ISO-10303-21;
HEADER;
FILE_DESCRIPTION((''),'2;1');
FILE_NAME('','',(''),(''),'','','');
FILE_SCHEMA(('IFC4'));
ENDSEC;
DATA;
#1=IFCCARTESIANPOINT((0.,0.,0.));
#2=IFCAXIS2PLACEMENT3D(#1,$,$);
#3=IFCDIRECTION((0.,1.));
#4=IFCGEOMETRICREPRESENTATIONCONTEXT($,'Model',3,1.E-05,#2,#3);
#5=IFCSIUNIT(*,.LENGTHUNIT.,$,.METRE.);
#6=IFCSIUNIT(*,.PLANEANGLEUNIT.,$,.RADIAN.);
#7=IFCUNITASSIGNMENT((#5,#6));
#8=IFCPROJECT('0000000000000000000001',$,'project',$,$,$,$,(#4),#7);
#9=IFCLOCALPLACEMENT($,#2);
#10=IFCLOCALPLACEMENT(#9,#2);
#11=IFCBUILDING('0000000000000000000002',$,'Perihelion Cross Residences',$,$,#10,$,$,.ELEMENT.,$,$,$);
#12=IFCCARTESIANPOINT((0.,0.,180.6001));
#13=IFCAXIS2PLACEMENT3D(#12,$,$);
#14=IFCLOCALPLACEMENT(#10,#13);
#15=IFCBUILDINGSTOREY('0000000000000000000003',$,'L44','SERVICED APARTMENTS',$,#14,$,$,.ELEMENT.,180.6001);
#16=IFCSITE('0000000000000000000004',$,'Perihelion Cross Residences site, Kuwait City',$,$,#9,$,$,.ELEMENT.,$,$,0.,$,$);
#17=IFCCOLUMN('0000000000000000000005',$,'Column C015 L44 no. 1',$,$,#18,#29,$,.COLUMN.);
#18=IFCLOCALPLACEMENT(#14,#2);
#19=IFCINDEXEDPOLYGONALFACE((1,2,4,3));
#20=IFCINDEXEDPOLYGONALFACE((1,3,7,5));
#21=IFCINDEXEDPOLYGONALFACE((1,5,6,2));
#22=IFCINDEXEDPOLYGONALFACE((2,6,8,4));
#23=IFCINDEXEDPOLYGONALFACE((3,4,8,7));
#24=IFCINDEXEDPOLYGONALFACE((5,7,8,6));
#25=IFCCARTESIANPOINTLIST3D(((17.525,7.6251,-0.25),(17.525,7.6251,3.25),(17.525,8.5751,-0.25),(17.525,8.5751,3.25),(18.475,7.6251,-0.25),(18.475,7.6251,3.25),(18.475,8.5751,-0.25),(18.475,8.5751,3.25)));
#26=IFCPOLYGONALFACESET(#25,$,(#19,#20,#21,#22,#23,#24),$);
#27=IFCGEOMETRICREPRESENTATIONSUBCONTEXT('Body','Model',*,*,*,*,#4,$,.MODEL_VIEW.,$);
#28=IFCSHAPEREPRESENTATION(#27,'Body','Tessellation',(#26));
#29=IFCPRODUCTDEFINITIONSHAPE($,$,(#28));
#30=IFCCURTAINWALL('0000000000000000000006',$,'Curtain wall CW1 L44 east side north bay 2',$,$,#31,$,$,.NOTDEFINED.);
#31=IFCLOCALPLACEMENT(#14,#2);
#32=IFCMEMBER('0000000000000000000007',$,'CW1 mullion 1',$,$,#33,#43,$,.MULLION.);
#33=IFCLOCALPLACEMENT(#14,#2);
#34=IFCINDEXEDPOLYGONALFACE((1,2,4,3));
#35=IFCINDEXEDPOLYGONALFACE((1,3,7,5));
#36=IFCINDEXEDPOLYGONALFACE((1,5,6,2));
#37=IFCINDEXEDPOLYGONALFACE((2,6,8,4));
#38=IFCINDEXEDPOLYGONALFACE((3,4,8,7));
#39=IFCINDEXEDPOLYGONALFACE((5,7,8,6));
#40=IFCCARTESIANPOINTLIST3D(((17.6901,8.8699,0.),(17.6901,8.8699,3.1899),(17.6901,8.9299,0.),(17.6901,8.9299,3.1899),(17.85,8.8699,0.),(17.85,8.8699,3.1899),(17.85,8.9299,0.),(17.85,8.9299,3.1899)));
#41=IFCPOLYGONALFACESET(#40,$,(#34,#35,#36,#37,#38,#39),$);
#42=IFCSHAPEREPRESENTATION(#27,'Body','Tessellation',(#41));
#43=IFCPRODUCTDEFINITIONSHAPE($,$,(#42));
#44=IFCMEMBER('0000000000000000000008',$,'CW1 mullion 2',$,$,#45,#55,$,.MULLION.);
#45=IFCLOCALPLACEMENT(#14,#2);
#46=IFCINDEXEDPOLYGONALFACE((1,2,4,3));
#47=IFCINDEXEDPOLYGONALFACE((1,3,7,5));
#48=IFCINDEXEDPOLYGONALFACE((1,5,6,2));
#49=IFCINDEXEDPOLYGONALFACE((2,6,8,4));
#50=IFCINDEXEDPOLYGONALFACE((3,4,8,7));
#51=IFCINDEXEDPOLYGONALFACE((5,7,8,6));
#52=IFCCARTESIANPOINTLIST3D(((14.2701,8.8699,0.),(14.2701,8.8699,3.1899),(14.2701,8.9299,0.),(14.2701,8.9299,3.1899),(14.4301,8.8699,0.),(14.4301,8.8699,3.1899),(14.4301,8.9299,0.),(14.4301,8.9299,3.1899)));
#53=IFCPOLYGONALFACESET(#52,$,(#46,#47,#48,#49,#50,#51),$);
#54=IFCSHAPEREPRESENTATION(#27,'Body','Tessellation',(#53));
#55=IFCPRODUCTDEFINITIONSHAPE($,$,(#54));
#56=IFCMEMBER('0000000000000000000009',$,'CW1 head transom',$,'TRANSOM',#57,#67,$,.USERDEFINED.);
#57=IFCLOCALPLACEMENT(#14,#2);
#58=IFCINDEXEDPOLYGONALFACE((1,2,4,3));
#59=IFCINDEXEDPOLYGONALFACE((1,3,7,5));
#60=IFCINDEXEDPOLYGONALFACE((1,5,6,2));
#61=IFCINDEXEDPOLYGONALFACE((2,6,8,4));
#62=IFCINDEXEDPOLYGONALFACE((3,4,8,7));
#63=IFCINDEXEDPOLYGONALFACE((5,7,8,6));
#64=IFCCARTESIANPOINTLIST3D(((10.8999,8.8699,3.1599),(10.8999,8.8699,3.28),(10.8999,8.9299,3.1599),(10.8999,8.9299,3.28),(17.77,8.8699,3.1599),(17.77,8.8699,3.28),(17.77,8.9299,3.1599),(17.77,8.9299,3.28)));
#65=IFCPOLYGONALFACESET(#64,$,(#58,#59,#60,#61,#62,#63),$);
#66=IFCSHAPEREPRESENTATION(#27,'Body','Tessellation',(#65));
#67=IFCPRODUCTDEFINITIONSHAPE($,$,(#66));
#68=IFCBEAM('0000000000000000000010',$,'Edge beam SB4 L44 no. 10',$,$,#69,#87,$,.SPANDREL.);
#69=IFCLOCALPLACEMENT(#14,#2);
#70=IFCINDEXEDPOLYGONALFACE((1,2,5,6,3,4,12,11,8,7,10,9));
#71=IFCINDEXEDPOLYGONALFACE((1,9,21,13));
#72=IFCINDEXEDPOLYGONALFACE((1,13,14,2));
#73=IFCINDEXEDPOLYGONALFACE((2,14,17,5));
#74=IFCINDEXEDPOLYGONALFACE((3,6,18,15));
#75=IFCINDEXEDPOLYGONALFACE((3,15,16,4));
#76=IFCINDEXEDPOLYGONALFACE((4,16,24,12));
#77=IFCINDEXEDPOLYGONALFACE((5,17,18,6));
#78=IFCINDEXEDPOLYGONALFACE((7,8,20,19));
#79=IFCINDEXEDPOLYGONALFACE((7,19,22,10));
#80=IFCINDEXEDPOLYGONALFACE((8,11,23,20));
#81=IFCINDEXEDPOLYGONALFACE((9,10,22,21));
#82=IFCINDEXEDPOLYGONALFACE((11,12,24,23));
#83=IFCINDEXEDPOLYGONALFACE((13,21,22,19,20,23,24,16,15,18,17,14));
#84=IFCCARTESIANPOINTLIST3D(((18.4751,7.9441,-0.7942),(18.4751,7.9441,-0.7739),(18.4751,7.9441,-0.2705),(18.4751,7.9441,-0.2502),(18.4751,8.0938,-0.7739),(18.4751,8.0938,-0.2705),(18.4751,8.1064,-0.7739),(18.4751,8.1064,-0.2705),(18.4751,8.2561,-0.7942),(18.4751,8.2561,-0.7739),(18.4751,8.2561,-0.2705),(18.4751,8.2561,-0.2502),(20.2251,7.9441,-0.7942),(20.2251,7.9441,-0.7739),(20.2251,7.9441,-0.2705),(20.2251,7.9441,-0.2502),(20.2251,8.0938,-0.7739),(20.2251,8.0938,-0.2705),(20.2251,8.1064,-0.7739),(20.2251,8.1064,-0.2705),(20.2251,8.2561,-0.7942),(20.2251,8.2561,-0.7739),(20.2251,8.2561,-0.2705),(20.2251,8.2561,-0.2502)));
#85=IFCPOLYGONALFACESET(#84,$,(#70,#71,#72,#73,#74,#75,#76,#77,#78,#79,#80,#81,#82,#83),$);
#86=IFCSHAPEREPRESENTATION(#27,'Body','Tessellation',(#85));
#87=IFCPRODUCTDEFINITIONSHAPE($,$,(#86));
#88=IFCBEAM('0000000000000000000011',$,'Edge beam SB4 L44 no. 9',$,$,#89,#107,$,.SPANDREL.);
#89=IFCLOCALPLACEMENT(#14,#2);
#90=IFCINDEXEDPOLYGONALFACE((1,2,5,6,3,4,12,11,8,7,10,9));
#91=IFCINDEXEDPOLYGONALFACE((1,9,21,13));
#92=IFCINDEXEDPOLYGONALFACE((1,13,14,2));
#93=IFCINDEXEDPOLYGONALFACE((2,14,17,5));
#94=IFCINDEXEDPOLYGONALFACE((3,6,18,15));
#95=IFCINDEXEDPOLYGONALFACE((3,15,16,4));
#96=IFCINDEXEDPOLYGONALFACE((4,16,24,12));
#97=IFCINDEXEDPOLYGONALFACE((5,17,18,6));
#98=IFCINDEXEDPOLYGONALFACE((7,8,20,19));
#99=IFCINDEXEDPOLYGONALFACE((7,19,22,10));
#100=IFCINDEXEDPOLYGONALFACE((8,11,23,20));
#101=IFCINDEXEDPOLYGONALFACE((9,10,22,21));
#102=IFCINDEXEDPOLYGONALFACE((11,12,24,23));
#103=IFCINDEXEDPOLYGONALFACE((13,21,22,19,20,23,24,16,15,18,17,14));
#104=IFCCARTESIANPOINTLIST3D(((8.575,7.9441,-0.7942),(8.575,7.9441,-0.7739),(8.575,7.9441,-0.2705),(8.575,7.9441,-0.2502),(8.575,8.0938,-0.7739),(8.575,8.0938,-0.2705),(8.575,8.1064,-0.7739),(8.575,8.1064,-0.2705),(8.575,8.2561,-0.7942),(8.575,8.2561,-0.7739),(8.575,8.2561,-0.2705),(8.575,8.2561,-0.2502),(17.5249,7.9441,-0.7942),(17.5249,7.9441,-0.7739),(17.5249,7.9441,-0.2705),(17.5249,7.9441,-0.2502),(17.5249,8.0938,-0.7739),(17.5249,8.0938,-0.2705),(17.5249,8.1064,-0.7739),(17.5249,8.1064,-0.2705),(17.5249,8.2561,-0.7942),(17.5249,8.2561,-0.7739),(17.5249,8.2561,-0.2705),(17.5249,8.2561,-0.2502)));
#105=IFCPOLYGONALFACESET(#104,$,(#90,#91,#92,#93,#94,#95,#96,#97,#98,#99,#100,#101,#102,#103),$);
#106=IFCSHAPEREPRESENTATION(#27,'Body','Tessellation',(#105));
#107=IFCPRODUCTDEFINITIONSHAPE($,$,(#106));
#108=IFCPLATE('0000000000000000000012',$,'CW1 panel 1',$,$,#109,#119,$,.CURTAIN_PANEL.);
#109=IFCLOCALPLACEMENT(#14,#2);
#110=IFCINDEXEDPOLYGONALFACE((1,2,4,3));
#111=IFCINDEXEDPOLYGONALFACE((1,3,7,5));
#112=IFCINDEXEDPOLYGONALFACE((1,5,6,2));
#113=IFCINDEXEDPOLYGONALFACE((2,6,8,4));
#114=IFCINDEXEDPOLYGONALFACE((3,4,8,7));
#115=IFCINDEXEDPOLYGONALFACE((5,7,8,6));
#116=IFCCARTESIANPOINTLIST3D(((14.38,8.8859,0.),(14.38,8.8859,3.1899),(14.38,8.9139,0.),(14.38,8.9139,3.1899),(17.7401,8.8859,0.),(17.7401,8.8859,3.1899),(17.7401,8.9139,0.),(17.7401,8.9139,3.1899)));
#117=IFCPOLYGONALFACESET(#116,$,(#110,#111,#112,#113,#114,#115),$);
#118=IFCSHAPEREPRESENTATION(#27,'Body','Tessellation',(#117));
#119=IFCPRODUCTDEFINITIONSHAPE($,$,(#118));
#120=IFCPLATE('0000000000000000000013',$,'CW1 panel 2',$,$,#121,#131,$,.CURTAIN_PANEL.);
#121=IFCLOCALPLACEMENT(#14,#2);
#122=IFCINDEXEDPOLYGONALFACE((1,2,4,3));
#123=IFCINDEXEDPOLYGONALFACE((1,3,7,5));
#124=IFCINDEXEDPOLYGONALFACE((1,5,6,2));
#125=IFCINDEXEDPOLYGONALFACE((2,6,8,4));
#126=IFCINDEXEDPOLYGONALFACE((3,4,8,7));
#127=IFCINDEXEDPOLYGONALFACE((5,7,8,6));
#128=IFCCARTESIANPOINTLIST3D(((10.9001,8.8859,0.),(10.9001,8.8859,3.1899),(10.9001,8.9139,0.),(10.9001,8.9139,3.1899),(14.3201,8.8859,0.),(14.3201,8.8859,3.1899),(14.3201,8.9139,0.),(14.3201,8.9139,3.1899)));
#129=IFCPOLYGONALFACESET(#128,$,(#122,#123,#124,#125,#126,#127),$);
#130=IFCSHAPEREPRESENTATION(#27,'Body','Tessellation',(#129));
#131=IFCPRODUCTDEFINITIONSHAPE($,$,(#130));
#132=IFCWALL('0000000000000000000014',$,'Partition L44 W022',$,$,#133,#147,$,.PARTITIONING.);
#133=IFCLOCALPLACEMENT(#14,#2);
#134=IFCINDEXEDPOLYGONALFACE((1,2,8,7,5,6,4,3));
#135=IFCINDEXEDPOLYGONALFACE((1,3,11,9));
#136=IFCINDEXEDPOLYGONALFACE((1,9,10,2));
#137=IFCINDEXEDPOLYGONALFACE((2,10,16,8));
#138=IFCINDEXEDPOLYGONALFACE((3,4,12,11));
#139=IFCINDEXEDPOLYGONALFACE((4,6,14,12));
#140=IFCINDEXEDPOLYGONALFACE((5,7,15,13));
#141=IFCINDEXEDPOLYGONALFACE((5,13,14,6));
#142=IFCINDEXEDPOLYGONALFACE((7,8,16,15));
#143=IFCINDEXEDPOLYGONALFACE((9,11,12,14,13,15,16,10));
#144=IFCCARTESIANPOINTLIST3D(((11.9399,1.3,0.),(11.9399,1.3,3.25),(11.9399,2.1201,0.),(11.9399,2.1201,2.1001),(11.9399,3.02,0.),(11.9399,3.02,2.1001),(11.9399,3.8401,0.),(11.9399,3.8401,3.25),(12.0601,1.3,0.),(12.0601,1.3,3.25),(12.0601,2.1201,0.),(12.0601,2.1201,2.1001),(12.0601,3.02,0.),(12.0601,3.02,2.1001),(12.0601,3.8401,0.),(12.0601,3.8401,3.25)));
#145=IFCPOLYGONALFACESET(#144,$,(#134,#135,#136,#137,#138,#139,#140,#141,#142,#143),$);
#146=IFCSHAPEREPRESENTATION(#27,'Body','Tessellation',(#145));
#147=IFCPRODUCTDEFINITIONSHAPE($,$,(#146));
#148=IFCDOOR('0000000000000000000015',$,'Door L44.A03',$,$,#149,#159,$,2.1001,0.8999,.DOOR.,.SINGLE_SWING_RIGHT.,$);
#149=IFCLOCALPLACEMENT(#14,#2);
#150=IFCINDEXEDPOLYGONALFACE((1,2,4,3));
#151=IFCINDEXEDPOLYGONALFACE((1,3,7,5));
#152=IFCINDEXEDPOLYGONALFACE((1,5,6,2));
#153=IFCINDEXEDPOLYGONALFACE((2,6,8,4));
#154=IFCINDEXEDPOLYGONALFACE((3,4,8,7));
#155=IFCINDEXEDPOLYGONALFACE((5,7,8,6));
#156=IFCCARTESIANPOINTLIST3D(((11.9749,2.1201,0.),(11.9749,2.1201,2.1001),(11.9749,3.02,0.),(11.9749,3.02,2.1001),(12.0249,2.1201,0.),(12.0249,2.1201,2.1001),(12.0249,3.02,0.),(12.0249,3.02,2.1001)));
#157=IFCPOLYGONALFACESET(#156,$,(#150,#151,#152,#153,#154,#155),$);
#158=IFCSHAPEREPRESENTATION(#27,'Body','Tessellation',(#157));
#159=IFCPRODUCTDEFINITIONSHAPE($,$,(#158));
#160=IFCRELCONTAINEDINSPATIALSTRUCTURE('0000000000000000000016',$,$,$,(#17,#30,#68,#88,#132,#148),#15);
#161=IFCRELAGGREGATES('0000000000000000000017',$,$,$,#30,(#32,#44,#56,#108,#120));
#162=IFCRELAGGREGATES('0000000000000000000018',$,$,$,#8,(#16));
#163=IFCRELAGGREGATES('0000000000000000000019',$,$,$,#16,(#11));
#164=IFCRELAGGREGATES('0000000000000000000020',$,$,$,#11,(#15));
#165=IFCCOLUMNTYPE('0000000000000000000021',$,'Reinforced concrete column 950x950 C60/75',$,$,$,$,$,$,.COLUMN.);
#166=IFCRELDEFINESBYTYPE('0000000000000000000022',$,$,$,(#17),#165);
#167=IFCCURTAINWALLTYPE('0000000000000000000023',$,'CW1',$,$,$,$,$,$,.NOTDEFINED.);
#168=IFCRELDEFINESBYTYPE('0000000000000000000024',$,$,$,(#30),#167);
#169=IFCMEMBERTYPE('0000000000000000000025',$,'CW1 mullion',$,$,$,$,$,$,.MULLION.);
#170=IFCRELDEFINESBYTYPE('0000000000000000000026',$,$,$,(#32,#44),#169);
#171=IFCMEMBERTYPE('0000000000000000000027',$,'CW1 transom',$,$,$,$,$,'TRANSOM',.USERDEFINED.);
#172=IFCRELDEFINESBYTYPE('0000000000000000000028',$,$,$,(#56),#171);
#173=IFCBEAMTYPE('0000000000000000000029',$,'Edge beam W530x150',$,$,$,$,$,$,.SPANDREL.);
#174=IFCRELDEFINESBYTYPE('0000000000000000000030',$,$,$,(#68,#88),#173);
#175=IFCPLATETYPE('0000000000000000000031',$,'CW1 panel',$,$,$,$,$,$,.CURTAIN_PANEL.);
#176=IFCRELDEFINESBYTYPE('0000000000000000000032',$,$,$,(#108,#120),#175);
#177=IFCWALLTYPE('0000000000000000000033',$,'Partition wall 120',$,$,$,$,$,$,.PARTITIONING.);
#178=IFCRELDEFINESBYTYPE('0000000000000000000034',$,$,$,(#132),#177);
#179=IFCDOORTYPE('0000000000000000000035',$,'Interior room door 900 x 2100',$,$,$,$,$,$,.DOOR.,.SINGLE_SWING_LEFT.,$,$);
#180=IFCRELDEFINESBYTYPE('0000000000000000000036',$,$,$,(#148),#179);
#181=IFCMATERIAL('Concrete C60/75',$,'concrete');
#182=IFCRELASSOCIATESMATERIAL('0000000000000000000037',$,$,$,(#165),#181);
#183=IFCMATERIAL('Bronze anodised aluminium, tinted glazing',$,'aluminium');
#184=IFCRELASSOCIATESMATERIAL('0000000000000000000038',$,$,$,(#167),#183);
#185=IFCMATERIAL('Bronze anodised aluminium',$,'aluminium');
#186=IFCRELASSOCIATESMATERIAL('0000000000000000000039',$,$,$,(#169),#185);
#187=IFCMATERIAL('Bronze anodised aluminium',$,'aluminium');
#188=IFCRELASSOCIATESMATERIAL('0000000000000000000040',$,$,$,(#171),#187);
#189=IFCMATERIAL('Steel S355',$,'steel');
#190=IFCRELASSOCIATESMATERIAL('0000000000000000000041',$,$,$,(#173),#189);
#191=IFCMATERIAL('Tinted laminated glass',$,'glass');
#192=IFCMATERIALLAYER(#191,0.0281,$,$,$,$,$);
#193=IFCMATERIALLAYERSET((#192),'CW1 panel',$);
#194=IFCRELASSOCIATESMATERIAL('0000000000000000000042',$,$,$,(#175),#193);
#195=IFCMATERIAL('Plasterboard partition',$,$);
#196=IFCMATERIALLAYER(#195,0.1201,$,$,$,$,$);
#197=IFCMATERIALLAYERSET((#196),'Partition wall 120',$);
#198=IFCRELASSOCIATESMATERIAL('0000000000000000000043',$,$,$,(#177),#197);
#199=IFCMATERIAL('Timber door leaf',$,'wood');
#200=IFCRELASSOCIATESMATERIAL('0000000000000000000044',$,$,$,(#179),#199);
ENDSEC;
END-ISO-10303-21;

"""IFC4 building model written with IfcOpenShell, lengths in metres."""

from ifc_helpers import new_model, si_unit, direction, frame, frame_2d, origin, origin_2d, place, context, subcontext, project, spatial, rectangle, i_section, extrude, material, layer, layer_set, material_profile, profile_set, type_object, element, fill, aggregate, save


model = new_model("IFC4")

# Units and contexts
model_context = context("Model", 3, precision=1e-05, world=origin(), true_north=direction((0.0, 1.0)))
body_context = subcontext(model_context, "Body", "Model", "MODEL_VIEW")
ifc_project = project(units=[si_unit("LENGTHUNIT", "METRE"), si_unit("PLANEANGLEUNIT", "RADIAN")], contexts=[model_context])

# Site, building, storey
site_placement = place(None, origin())
site = spatial("IfcSite", under=ifc_project, at=site_placement, Name="Perihelion Cross Residences site, Kuwait City", CompositionType="ELEMENT", RefElevation=0.0)
building_placement = place(site_placement, origin())
building = spatial("IfcBuilding", under=site, at=building_placement, Name="Perihelion Cross Residences", CompositionType="ELEMENT")
storey_placement = place(building_placement, frame((0.0, 0.0, 180.6001)))
storey = spatial("IfcBuildingStorey", under=building, at=storey_placement, Name="L44", Description="SERVICED APARTMENTS", CompositionType="ELEMENT", Elevation=180.6001)

# Column
ifc_material_1 = material(Name="Concrete C60/75", Category="concrete")
ifc_material_profile_1 = material_profile(ifc_material_1, rectangle(XDim=0.95, YDim=0.95, at=origin_2d()), Name="RC 950x950")
ifc_profile_set_1 = profile_set([ifc_material_profile_1], Name="Concrete C60/75")
column_type = type_object("IfcColumnType", Name="Reinforced concrete column 950x950 C60/75", PredefinedType="COLUMN", material=ifc_profile_set_1)
column_placement = place(storey_placement, frame((18.0, 8.1001, -0.25), z_axis=(0.0, 0.0, 1.0), x_axis=(1.0, 0.0, 0.0)))
element("IfcColumn", 1, at=column_placement, inside=storey, type_object=column_type, Name="Column C015 L44 no. 1", PredefinedType="COLUMN", context=body_context, shape_type="SweptSolid", body=[
    extrude(rectangle(XDim=0.95, YDim=0.95, at=origin_2d()), origin(), (0.0, 0.0, 1.0), 3.5),
])

# Curtain wall, members
ifc_material_2 = material(Name="Bronze anodised aluminium, tinted glazing", Category="aluminium")
curtain_wall_type = type_object("IfcCurtainWallType", Name="CW1", PredefinedType="NOTDEFINED", material=ifc_material_2)
curtain_wall_placement = place(storey_placement, origin())
curtain_wall = element("IfcCurtainWall", 2, at=curtain_wall_placement, inside=storey, type_object=curtain_wall_type, Name="Curtain wall CW1 L44 east side north bay 2", PredefinedType="NOTDEFINED")
ifc_material_3 = material(Name="Bronze anodised aluminium", Category="aluminium")
ifc_material_profile_2 = material_profile(ifc_material_3, rectangle(XDim=0.0601, YDim=0.1599, at=origin_2d()), Name="CW1 mullion")
ifc_profile_set_2 = profile_set([ifc_material_profile_2], Name="Bronze anodised aluminium")
member_type_1 = type_object("IfcMemberType", Name="CW1 mullion", PredefinedType="MULLION", material=ifc_profile_set_2)
member_1_placement = place(storey_placement, frame((17.77, 8.8999, 0.0), z_axis=(0.0, 0.0, 1.0), x_axis=(0.0, -1.0, 0.0)))
member_1 = element("IfcMember", 3, at=member_1_placement, type_object=member_type_1, Name="CW1 mullion 1", PredefinedType="MULLION", context=body_context, shape_type="SweptSolid", body=[
    extrude(rectangle(XDim=0.0601, YDim=0.1599, at=origin_2d()), origin(), (0.0, 0.0, 1.0), 3.1899),
])
member_2_placement = place(storey_placement, frame((14.3501, 8.8999, 0.0), z_axis=(0.0, 0.0, 1.0), x_axis=(0.0, -1.0, 0.0)))
member_2 = element("IfcMember", 4, at=member_2_placement, type_object=member_type_1, Name="CW1 mullion 2", PredefinedType="MULLION", context=body_context, shape_type="SweptSolid", body=[
    extrude(rectangle(XDim=0.0601, YDim=0.1599, at=origin_2d()), origin(), (0.0, 0.0, 1.0), 3.1899),
])
ifc_material_4 = material(Name="Bronze anodised aluminium", Category="aluminium")
ifc_material_profile_3 = material_profile(ifc_material_4, rectangle(XDim=0.0601, YDim=0.1201, at=origin_2d()), Name="CW1 transom")
ifc_profile_set_3 = profile_set([ifc_material_profile_3], Name="Bronze anodised aluminium")
member_type_2 = type_object("IfcMemberType", Name="CW1 transom", ElementType="TRANSOM", PredefinedType="USERDEFINED", material=ifc_profile_set_3)
member_3_placement = place(storey_placement, frame((17.77, 8.8999, 3.22), z_axis=(-1.0, 0.0, 0.0), x_axis=(0.0, -1.0, 0.0)))
member_3 = element("IfcMember", 5, at=member_3_placement, type_object=member_type_2, Name="CW1 head transom", ObjectType="TRANSOM", PredefinedType="USERDEFINED", context=body_context, shape_type="SweptSolid", body=[
    extrude(rectangle(XDim=0.0601, YDim=0.1201, at=origin_2d()), origin(), (0.0, 0.0, 1.0), 6.8701),
])

# Beams
ifc_material_5 = material(Name="Steel S355", Category="steel")
ifc_material_profile_4 = material_profile(ifc_material_5, i_section(OverallWidth=0.312, OverallDepth=0.5439, WebThickness=0.0127, FlangeThickness=0.0203, at=origin_2d()), Name="W530x150")
ifc_profile_set_4 = profile_set([ifc_material_profile_4], Name="Steel S355")
beam_type = type_object("IfcBeamType", Name="Edge beam W530x150", PredefinedType="SPANDREL", material=ifc_profile_set_4)
beam_1_placement = place(storey_placement, frame((20.2251, 8.1001, -0.5222), z_axis=(-1.0, 0.0, 0.0), x_axis=(0.0, -1.0, 0.0)))
element("IfcBeam", 6, at=beam_1_placement, inside=storey, type_object=beam_type, Name="Edge beam SB4 L44 no. 10", PredefinedType="SPANDREL", context=body_context, shape_type="SweptSolid", body=[
    extrude(i_section(OverallWidth=0.312, OverallDepth=0.5439, WebThickness=0.0127, FlangeThickness=0.0203, at=origin_2d()), origin(), (0.0, 0.0, 1.0), 1.75),
])
beam_2_placement = place(storey_placement, frame((17.5249, 8.1001, -0.5222), z_axis=(-1.0, 0.0, 0.0), x_axis=(0.0, -1.0, 0.0)))
element("IfcBeam", 7, at=beam_2_placement, inside=storey, type_object=beam_type, Name="Edge beam SB4 L44 no. 9", PredefinedType="SPANDREL", context=body_context, shape_type="SweptSolid", body=[
    extrude(i_section(OverallWidth=0.312, OverallDepth=0.5439, WebThickness=0.0127, FlangeThickness=0.0203, at=origin_2d()), origin(), (0.0, 0.0, 1.0), 8.95),
])

# Plates
ifc_material_6 = material(Name="Tinted laminated glass", Category="glass")
ifc_layer_1 = layer(ifc_material_6, 0.0281)
ifc_layer_set_1 = layer_set([ifc_layer_1], Name="CW1 panel")
plate_type = type_object("IfcPlateType", Name="CW1 panel", PredefinedType="CURTAIN_PANEL", material=ifc_layer_set_1)
plate_1_placement = place(storey_placement, frame((16.0601, 8.8999, 0.0), z_axis=(0.0, 0.0, 1.0), x_axis=(-1.0, 0.0, 0.0)))
plate_1 = element("IfcPlate", 8, at=plate_1_placement, type_object=plate_type, Name="CW1 panel 1", PredefinedType="CURTAIN_PANEL", context=body_context, shape_type="SweptSolid", body=[
    extrude(rectangle(XDim=3.3601, YDim=0.0281, at=origin_2d()), origin(), (0.0, 0.0, 1.0), 3.1899),
])
plate_2_placement = place(storey_placement, frame((12.6101, 8.8999, 0.0), z_axis=(0.0, 0.0, 1.0), x_axis=(-1.0, 0.0, 0.0)))
plate_2 = element("IfcPlate", 9, at=plate_2_placement, type_object=plate_type, Name="CW1 panel 2", PredefinedType="CURTAIN_PANEL", context=body_context, shape_type="SweptSolid", body=[
    extrude(rectangle(XDim=3.4199, YDim=0.0281, at=origin_2d()), origin(), (0.0, 0.0, 1.0), 3.1899),
])
aggregate(curtain_wall, [member_1, member_2, member_3, plate_1, plate_2])

# Wall, opening, door
ifc_material_7 = material(Name="Plasterboard partition")
ifc_layer_2 = layer(ifc_material_7, 0.1201)
ifc_layer_set_2 = layer_set([ifc_layer_2], Name="Partition wall 120")
wall_type_1 = type_object("IfcWallType", Name="Partition wall 120", PredefinedType="PARTITIONING", material=ifc_layer_set_2)
wall_1_placement = place(storey_placement, frame((12.0, 3.8401, 0.0), z_axis=(0.0, 0.0, 1.0), x_axis=(0.0, -1.0, 0.0)))
wall_1 = element("IfcWall", 10, at=wall_1_placement, inside=storey, type_object=wall_type_1, Name="Partition L44 W022", PredefinedType="PARTITIONING", context=body_context, shape_type="SweptSolid", body=[
    extrude(rectangle(XDim=2.54, YDim=0.1201, at=frame_2d((1.27, 0.0))), origin(), (0.0, 0.0, 1.0), 3.25),
])
opening_1_placement = place(wall_1_placement, frame((0.8201, 0.0, 0.0)))
opening_1 = element("IfcOpeningElement", 11, at=opening_1_placement, cuts=wall_1, PredefinedType="OPENING", context=body_context, shape_type="SweptSolid", body=[
    extrude(rectangle(XDim=0.8999, YDim=2.1001, at=frame_2d((0.45, 1.05))), frame((0.0, 0.0701, 0.0), z_axis=(0.0, -1.0, 0.0), x_axis=(1.0, 0.0, 0.0)), (0.0, 0.0, 1.0), 0.1401),
])
ifc_material_8 = material(Name="Timber door leaf", Category="wood")
door_type_1 = type_object("IfcDoorType", Name="Interior room door 900 x 2100", OperationType="SINGLE_SWING_LEFT", PredefinedType="DOOR", material=ifc_material_8)
door_1_placement = place(opening_1_placement, origin())
door_1 = element("IfcDoor", 12, at=door_1_placement, inside=storey, type_object=door_type_1, Name="Door L44.A03", OperationType="SINGLE_SWING_RIGHT", OverallHeight=2.1001, OverallWidth=0.8999, PredefinedType="DOOR", context=body_context, shape_type="SweptSolid", body=[
    extrude(rectangle(XDim=0.8999, YDim=2.1001, at=frame_2d((0.45, 1.05))), frame((0.0, 0.0249, 0.0), z_axis=(0.0, -1.0, 0.0), x_axis=(1.0, 0.0, 0.0)), (0.0, 0.0, 1.0), 0.05),
])
fill(opening_1, door_1)

save(model, "model.ifc")
